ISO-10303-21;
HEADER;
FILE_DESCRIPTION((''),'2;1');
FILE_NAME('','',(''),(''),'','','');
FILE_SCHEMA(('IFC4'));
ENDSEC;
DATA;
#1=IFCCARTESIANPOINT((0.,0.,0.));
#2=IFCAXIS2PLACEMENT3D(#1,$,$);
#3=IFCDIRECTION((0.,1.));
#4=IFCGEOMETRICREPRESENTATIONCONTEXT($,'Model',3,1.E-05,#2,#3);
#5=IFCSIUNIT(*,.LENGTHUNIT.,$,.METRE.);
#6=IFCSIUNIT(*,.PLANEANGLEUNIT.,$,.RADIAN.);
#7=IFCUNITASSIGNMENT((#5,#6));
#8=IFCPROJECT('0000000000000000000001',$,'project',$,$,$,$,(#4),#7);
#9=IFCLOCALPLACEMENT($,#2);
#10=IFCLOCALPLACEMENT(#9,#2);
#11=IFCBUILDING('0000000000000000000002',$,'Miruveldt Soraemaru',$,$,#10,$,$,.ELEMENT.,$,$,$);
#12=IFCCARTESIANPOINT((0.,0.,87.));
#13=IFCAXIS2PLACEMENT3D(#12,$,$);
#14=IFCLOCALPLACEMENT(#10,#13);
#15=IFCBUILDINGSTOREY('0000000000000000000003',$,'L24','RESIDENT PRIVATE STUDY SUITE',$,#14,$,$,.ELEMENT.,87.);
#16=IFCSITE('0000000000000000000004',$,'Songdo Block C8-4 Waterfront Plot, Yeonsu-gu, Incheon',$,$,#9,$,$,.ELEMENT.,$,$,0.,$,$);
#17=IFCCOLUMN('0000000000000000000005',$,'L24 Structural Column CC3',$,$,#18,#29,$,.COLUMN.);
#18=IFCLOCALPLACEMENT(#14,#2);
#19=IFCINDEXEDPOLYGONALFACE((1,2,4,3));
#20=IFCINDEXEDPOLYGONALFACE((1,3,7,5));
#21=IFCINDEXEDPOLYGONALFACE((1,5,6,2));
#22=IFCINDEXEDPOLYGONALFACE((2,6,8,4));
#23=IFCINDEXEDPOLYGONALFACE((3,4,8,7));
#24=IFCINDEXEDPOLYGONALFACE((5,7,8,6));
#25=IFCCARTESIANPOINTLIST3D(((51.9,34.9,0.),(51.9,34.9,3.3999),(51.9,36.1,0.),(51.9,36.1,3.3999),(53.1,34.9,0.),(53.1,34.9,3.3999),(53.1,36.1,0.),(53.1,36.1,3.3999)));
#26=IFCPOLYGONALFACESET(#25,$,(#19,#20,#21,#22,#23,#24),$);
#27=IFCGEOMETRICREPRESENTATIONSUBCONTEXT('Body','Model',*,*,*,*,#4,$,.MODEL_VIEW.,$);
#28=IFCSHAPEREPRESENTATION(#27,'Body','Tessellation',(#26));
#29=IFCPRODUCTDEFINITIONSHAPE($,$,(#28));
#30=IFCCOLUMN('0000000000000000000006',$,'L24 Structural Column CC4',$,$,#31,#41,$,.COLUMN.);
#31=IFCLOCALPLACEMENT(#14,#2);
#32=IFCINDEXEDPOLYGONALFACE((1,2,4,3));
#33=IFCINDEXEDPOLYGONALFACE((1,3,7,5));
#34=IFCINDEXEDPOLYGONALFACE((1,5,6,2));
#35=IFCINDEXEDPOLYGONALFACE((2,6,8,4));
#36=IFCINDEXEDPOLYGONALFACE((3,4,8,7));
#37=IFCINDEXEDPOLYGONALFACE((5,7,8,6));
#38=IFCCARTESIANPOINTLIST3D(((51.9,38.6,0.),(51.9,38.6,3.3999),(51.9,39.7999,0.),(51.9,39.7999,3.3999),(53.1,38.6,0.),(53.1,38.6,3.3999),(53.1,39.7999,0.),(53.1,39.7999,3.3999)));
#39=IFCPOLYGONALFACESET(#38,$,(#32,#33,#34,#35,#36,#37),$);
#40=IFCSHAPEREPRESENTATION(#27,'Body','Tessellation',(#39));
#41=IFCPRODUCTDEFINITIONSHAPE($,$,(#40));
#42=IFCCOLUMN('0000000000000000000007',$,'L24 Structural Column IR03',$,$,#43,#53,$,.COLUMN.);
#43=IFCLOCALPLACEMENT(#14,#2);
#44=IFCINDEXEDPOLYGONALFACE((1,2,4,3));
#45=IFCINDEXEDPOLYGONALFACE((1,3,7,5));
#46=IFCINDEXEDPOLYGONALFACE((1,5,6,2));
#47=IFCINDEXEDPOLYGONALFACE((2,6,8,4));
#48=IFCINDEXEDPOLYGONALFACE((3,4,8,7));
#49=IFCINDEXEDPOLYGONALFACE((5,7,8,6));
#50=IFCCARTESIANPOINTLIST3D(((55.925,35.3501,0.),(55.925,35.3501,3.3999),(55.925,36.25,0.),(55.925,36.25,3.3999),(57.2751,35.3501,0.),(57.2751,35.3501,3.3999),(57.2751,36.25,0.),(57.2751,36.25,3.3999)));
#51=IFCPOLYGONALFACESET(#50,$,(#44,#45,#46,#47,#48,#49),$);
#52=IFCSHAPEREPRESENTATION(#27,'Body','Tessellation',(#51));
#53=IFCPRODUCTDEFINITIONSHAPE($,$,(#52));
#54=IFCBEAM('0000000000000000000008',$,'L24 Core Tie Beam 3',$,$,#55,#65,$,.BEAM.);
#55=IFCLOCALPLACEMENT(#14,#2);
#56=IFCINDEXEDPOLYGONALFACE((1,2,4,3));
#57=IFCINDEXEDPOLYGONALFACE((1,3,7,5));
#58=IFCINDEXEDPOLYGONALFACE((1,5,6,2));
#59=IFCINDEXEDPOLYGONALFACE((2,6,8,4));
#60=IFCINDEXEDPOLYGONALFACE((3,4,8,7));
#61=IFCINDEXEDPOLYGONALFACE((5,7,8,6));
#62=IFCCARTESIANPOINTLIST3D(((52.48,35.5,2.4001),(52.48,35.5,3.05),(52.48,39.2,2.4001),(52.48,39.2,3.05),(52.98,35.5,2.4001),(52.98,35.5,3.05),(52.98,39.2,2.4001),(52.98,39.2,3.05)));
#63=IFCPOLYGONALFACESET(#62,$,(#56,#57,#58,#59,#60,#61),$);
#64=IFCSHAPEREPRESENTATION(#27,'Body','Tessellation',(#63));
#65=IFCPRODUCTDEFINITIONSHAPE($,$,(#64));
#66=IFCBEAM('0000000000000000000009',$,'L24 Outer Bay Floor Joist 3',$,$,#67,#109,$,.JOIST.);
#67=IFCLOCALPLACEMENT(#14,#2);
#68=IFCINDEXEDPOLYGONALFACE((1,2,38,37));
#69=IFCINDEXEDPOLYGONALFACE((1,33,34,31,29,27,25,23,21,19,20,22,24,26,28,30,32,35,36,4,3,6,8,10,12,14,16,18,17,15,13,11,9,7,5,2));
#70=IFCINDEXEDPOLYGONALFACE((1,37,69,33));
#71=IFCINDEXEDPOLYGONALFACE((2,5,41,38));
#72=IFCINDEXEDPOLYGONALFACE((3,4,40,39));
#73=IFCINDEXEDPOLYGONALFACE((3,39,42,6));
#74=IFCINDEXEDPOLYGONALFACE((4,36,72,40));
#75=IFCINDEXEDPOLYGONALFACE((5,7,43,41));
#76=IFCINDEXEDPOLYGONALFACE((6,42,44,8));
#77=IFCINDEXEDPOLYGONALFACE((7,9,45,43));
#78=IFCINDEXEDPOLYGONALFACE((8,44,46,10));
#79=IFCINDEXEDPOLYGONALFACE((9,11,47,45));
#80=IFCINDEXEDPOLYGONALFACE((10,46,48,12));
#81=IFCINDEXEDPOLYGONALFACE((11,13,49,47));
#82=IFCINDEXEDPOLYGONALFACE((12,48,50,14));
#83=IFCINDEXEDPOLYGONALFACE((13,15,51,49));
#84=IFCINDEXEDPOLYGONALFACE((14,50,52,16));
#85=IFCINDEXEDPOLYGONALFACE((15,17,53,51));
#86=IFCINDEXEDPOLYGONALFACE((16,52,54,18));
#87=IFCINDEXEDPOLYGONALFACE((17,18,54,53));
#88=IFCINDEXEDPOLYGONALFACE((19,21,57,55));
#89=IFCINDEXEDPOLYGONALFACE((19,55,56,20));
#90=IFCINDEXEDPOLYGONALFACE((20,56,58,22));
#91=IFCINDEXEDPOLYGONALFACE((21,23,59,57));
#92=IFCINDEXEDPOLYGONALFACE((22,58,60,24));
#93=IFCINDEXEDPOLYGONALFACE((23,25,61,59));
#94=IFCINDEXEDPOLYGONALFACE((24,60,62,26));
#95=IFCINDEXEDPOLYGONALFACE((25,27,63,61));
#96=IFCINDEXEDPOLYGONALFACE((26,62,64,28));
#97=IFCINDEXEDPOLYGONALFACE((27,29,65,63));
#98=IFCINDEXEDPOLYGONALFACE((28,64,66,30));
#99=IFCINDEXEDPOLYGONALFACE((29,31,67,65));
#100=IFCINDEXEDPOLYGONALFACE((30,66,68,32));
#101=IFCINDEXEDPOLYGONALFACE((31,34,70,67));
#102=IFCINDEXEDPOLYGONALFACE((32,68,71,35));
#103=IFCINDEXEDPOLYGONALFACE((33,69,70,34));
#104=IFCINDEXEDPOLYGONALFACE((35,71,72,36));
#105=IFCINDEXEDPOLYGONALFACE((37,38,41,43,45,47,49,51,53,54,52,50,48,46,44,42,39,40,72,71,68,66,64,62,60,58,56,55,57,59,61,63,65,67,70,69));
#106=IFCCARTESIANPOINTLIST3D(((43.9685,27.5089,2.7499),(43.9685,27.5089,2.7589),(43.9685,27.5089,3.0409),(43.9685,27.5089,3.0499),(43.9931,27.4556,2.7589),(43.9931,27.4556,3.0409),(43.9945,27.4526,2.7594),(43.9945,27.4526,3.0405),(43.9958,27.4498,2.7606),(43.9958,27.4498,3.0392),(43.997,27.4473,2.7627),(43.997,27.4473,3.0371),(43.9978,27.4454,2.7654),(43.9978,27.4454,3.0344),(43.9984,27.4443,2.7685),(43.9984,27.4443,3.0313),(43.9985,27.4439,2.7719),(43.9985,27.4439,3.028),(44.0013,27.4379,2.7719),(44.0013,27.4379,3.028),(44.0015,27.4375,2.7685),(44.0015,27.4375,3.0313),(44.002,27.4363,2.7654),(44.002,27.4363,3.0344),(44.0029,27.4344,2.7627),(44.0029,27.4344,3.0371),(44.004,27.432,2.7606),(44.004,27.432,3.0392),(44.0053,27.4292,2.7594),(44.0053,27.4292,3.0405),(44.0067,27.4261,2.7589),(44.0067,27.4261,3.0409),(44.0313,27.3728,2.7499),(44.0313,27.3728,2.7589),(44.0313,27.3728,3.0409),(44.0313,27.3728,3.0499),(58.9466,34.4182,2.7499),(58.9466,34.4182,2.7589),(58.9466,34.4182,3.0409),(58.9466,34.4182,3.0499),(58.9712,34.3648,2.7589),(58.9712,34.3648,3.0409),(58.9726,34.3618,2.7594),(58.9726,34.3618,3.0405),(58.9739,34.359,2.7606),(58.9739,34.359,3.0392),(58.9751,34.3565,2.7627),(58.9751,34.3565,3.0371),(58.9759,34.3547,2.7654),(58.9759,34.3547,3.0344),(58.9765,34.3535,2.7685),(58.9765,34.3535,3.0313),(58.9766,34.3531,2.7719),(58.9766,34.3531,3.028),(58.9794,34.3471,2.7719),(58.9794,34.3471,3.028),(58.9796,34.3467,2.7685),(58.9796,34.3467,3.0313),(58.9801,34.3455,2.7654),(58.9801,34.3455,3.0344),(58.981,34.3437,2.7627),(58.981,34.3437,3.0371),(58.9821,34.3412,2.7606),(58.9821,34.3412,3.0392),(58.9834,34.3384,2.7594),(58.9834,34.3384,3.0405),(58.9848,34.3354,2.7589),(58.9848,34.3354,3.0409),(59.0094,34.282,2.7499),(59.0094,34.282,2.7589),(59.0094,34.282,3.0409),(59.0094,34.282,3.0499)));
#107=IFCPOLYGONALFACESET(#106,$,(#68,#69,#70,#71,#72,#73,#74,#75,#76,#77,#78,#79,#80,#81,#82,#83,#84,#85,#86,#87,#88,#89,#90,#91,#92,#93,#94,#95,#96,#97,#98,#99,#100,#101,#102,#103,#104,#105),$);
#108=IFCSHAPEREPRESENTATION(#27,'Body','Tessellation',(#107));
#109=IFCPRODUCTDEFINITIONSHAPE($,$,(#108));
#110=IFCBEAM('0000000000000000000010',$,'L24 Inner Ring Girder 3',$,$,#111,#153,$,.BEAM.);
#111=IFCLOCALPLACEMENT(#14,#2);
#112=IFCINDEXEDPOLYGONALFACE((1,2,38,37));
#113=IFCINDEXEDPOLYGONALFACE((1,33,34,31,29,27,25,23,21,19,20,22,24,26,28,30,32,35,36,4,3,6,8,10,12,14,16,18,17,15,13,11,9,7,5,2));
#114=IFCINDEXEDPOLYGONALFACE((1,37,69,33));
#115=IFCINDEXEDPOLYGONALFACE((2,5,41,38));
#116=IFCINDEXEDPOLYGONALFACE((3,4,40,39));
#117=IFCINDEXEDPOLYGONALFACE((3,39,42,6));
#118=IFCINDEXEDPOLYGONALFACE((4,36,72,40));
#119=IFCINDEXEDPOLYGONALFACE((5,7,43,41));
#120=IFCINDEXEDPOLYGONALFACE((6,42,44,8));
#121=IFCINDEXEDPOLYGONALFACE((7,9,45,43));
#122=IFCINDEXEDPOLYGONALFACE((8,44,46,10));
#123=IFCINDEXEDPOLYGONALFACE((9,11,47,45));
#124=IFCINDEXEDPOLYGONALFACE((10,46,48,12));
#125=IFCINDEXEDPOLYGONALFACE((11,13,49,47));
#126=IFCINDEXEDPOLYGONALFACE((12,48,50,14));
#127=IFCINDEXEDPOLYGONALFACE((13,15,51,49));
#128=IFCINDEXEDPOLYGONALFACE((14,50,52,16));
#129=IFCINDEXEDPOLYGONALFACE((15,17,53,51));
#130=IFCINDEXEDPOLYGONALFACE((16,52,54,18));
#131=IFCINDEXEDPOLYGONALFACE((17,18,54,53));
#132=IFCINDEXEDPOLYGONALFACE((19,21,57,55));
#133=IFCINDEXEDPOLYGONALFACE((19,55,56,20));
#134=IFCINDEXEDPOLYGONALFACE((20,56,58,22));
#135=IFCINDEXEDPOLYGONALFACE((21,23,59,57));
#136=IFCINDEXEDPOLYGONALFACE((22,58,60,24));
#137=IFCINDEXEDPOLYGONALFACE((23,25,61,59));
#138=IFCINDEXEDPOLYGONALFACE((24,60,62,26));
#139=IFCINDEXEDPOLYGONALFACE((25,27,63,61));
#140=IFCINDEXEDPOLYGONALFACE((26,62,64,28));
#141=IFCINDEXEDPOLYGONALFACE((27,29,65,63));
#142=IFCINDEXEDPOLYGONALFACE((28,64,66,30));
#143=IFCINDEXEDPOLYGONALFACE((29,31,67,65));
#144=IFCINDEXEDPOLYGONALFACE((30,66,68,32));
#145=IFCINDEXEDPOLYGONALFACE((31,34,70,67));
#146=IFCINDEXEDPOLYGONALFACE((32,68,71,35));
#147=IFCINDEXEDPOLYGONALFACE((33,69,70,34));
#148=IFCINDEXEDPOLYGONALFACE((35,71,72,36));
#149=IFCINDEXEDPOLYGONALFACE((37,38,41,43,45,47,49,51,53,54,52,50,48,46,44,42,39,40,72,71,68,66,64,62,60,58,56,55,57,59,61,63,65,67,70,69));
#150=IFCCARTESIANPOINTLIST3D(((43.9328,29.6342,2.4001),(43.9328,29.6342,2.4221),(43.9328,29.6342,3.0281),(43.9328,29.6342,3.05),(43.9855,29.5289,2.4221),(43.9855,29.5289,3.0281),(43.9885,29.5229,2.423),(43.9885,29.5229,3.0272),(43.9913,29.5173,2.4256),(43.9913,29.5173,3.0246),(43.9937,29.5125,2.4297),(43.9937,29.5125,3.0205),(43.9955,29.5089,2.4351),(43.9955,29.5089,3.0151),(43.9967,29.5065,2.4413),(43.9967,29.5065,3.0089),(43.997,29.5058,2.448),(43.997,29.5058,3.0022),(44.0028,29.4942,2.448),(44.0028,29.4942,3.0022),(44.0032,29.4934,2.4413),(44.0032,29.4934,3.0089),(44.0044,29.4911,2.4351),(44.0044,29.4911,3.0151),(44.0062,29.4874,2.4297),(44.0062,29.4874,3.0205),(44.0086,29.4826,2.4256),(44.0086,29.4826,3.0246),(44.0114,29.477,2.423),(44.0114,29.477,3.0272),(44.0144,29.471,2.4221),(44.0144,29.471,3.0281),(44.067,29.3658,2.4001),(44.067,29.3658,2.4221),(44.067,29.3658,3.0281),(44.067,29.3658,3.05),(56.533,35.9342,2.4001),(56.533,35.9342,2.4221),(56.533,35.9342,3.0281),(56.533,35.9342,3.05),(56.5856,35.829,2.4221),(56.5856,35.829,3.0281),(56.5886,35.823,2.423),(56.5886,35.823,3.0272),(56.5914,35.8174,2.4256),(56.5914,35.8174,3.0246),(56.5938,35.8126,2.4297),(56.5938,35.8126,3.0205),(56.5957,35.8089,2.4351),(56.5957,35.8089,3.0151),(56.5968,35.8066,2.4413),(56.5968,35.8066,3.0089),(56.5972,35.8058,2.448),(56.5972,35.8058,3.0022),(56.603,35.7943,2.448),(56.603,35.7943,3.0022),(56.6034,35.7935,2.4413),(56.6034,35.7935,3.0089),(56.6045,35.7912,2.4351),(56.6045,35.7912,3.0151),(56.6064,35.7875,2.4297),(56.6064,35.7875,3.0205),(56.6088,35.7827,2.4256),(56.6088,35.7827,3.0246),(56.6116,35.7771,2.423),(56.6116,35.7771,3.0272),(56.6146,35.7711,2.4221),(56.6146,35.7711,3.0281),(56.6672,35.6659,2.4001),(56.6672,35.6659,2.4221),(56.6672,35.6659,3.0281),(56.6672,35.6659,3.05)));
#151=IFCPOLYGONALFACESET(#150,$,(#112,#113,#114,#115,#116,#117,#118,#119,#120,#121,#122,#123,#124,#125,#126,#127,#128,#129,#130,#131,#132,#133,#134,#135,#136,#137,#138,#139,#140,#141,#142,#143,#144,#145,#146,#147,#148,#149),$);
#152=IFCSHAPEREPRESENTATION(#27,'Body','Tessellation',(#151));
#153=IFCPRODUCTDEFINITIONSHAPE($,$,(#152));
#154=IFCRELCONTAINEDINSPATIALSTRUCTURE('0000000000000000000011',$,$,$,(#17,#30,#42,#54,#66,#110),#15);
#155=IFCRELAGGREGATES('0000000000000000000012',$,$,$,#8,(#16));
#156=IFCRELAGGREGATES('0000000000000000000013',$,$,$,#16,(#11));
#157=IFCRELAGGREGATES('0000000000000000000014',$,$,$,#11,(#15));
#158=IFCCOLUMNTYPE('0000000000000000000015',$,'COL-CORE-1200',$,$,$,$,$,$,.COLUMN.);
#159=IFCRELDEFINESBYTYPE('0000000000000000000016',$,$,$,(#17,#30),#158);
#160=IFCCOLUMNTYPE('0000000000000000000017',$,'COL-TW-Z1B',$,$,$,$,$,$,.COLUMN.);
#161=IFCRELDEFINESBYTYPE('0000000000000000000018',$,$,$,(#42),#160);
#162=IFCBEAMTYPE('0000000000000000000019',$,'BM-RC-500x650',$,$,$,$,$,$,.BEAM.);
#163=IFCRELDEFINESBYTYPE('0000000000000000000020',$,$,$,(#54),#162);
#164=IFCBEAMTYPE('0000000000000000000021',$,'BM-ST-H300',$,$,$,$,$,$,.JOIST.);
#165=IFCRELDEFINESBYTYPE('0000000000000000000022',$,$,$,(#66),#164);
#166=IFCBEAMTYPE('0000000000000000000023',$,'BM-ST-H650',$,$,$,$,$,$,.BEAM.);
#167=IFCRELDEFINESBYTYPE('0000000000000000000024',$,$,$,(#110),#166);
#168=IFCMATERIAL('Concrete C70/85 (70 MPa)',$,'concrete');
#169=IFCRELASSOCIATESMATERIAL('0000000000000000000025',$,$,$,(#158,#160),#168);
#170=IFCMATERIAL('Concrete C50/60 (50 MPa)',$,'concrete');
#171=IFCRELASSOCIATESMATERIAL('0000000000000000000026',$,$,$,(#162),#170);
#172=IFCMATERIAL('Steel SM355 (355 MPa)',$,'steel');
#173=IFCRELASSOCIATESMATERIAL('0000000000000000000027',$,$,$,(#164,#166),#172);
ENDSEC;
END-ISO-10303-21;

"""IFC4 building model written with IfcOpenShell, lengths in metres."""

from ifc_helpers import new_model, si_unit, direction, frame, origin, origin_2d, place, context, subcontext, project, spatial, rectangle, i_section, extrude, material, material_profile, profile_set, type_object, element, save


model = new_model("IFC4")

# Units and contexts
model_context = context("Model", 3, precision=1e-05, world=origin(), true_north=direction((0.0, 1.0)))
body_context = subcontext(model_context, "Body", "Model", "MODEL_VIEW")
ifc_project = project(units=[si_unit("LENGTHUNIT", "METRE"), si_unit("PLANEANGLEUNIT", "RADIAN")], contexts=[model_context])

# Site, building, storey
site_placement = place(None, origin())
site = spatial("IfcSite", under=ifc_project, at=site_placement, Name="Songdo Block C8-4 Waterfront Plot, Yeonsu-gu, Incheon", CompositionType="ELEMENT", RefElevation=0.0)
building_placement = place(site_placement, origin())
building = spatial("IfcBuilding", under=site, at=building_placement, Name="Miruveldt Soraemaru", CompositionType="ELEMENT")
storey_placement = place(building_placement, frame((0.0, 0.0, 87.0)))
storey = spatial("IfcBuildingStorey", under=building, at=storey_placement, Name="L24", Description="RESIDENT PRIVATE STUDY SUITE", CompositionType="ELEMENT", Elevation=87.0)

# Columns
ifc_material_1 = material(Name="Concrete C70/85 (70 MPa)", Category="concrete")
ifc_material_profile_1 = material_profile(ifc_material_1, rectangle(XDim=1.2, YDim=1.2, at=origin_2d()), Name="Concrete C70/85 (70 MPa)", Category="concrete")
ifc_profile_set_1 = profile_set([ifc_material_profile_1], Name="Concrete C70/85 (70 MPa)")
column_type_1 = type_object("IfcColumnType", Name="COL-CORE-1200", PredefinedType="COLUMN", material=ifc_profile_set_1)
for number, where, z_axis, x_axis, name in (
    (1, (52.5, 35.5, 0.0), (0.0, 0.0, 1.0), (1.0, 0.0, 0.0), "L24 Structural Column CC3"),
    (2, (52.5, 39.2, 0.0), (0.0, 0.0, 1.0), (1.0, 0.0, 0.0), "L24 Structural Column CC4"),
):
    element("IfcColumn", number, at=place(storey_placement, frame(where, z_axis=z_axis, x_axis=x_axis)), inside=storey, type_object=column_type_1, Name=name, PredefinedType="COLUMN", context=body_context, shape_type="SweptSolid", body=[
        extrude(rectangle(XDim=1.2, YDim=1.2, at=origin_2d()), origin(), (0.0, 0.0, 1.0), 3.3999),
    ])
ifc_material_profile_2 = material_profile(ifc_material_1, rectangle(XDim=1.3501, YDim=0.8999, at=origin_2d()), Name="Concrete C70/85 (70 MPa)", Category="concrete")
ifc_profile_set_2 = profile_set([ifc_material_profile_2], Name="Concrete C70/85 (70 MPa)")
column_type_2 = type_object("IfcColumnType", Name="COL-TW-Z1B", PredefinedType="COLUMN", material=ifc_profile_set_2)
column_placement = place(storey_placement, frame((56.6001, 35.8, 0.0), z_axis=(0.0, 0.0, 1.0), x_axis=(1.0, 0.0, 0.0)))
element("IfcColumn", 3, at=column_placement, inside=storey, type_object=column_type_2, Name="L24 Structural Column IR03", PredefinedType="COLUMN", context=body_context, shape_type="SweptSolid", body=[
    extrude(rectangle(XDim=1.3501, YDim=0.8999, at=origin_2d()), origin(), (0.0, 0.0, 1.0), 3.3999),
])

# Beams
ifc_material_2 = material(Name="Concrete C50/60 (50 MPa)", Category="concrete")
ifc_material_profile_3 = material_profile(ifc_material_2, rectangle(XDim=0.5, YDim=0.6499, at=origin_2d()), Name="Concrete C50/60 (50 MPa)", Category="concrete")
ifc_profile_set_3 = profile_set([ifc_material_profile_3], Name="Concrete C50/60 (50 MPa)")
beam_type_1 = type_object("IfcBeamType", Name="BM-RC-500x650", PredefinedType="BEAM", material=ifc_profile_set_3)
beam_1_placement = place(storey_placement, frame((52.73, 35.5, 2.7251), z_axis=(0.0, 1.0, 0.0), x_axis=(-1.0, 0.0, 0.0)))
element("IfcBeam", 4, at=beam_1_placement, inside=storey, type_object=beam_type_1, Name="L24 Core Tie Beam 3", PredefinedType="BEAM", context=body_context, shape_type="SweptSolid", body=[
    extrude(rectangle(XDim=0.5, YDim=0.6499, at=origin_2d()), origin(), (0.0, 0.0, 1.0), 3.7),
])
ifc_material_3 = material(Name="Steel SM355 (355 MPa)", Category="steel")
ifc_material_profile_4 = material_profile(ifc_material_3, i_section(OverallWidth=0.1499, OverallDepth=0.3, WebThickness=0.0066, FlangeThickness=0.009, FilletRadius=0.0129, at=origin_2d()), Name="Steel SM355 (355 MPa)", Category="steel")
ifc_profile_set_4 = profile_set([ifc_material_profile_4], Name="Steel SM355 (355 MPa)")
beam_type_2 = type_object("IfcBeamType", Name="BM-ST-H300", PredefinedType="JOIST", material=ifc_profile_set_4)
beam_2_placement = place(storey_placement, frame((58.978, 34.3501, 2.8999), z_axis=(-0.908046, -0.41887, 0.0), x_axis=(0.41887, -0.908046, 0.0)))
element("IfcBeam", 5, at=beam_2_placement, inside=storey, type_object=beam_type_2, Name="L24 Outer Bay Floor Joist 3", PredefinedType="JOIST", context=body_context, shape_type="SweptSolid", body=[
    extrude(i_section(OverallWidth=0.1499, OverallDepth=0.3, WebThickness=0.0066, FlangeThickness=0.009, FilletRadius=0.0129, at=origin_2d()), origin(), (0.0, 0.0, 1.0), 16.4949),
])
ifc_material_profile_5 = material_profile(ifc_material_3, i_section(OverallWidth=0.3, OverallDepth=0.6499, WebThickness=0.0129, FlangeThickness=0.022, FilletRadius=0.0259, at=origin_2d()), Name="Steel SM355 (355 MPa)", Category="steel")
ifc_profile_set_5 = profile_set([ifc_material_profile_5], Name="Steel SM355 (355 MPa)")
beam_type_3 = type_object("IfcBeamType", Name="BM-ST-H650", PredefinedType="BEAM", material=ifc_profile_set_5)
beam_3_placement = place(storey_placement, frame((56.6001, 35.8, 2.7251), z_axis=(-0.894427, -0.447214, 0.0), x_axis=(0.447214, -0.894427, 0.0)))
element("IfcBeam", 6, at=beam_3_placement, inside=storey, type_object=beam_type_3, Name="L24 Inner Ring Girder 3", PredefinedType="BEAM", context=body_context, shape_type="SweptSolid", body=[
    extrude(i_section(OverallWidth=0.3, OverallDepth=0.6499, WebThickness=0.0129, FlangeThickness=0.022, FilletRadius=0.0259, at=origin_2d()), origin(), (0.0, 0.0, 1.0), 14.0874),
])

save(model, "model.ifc")
